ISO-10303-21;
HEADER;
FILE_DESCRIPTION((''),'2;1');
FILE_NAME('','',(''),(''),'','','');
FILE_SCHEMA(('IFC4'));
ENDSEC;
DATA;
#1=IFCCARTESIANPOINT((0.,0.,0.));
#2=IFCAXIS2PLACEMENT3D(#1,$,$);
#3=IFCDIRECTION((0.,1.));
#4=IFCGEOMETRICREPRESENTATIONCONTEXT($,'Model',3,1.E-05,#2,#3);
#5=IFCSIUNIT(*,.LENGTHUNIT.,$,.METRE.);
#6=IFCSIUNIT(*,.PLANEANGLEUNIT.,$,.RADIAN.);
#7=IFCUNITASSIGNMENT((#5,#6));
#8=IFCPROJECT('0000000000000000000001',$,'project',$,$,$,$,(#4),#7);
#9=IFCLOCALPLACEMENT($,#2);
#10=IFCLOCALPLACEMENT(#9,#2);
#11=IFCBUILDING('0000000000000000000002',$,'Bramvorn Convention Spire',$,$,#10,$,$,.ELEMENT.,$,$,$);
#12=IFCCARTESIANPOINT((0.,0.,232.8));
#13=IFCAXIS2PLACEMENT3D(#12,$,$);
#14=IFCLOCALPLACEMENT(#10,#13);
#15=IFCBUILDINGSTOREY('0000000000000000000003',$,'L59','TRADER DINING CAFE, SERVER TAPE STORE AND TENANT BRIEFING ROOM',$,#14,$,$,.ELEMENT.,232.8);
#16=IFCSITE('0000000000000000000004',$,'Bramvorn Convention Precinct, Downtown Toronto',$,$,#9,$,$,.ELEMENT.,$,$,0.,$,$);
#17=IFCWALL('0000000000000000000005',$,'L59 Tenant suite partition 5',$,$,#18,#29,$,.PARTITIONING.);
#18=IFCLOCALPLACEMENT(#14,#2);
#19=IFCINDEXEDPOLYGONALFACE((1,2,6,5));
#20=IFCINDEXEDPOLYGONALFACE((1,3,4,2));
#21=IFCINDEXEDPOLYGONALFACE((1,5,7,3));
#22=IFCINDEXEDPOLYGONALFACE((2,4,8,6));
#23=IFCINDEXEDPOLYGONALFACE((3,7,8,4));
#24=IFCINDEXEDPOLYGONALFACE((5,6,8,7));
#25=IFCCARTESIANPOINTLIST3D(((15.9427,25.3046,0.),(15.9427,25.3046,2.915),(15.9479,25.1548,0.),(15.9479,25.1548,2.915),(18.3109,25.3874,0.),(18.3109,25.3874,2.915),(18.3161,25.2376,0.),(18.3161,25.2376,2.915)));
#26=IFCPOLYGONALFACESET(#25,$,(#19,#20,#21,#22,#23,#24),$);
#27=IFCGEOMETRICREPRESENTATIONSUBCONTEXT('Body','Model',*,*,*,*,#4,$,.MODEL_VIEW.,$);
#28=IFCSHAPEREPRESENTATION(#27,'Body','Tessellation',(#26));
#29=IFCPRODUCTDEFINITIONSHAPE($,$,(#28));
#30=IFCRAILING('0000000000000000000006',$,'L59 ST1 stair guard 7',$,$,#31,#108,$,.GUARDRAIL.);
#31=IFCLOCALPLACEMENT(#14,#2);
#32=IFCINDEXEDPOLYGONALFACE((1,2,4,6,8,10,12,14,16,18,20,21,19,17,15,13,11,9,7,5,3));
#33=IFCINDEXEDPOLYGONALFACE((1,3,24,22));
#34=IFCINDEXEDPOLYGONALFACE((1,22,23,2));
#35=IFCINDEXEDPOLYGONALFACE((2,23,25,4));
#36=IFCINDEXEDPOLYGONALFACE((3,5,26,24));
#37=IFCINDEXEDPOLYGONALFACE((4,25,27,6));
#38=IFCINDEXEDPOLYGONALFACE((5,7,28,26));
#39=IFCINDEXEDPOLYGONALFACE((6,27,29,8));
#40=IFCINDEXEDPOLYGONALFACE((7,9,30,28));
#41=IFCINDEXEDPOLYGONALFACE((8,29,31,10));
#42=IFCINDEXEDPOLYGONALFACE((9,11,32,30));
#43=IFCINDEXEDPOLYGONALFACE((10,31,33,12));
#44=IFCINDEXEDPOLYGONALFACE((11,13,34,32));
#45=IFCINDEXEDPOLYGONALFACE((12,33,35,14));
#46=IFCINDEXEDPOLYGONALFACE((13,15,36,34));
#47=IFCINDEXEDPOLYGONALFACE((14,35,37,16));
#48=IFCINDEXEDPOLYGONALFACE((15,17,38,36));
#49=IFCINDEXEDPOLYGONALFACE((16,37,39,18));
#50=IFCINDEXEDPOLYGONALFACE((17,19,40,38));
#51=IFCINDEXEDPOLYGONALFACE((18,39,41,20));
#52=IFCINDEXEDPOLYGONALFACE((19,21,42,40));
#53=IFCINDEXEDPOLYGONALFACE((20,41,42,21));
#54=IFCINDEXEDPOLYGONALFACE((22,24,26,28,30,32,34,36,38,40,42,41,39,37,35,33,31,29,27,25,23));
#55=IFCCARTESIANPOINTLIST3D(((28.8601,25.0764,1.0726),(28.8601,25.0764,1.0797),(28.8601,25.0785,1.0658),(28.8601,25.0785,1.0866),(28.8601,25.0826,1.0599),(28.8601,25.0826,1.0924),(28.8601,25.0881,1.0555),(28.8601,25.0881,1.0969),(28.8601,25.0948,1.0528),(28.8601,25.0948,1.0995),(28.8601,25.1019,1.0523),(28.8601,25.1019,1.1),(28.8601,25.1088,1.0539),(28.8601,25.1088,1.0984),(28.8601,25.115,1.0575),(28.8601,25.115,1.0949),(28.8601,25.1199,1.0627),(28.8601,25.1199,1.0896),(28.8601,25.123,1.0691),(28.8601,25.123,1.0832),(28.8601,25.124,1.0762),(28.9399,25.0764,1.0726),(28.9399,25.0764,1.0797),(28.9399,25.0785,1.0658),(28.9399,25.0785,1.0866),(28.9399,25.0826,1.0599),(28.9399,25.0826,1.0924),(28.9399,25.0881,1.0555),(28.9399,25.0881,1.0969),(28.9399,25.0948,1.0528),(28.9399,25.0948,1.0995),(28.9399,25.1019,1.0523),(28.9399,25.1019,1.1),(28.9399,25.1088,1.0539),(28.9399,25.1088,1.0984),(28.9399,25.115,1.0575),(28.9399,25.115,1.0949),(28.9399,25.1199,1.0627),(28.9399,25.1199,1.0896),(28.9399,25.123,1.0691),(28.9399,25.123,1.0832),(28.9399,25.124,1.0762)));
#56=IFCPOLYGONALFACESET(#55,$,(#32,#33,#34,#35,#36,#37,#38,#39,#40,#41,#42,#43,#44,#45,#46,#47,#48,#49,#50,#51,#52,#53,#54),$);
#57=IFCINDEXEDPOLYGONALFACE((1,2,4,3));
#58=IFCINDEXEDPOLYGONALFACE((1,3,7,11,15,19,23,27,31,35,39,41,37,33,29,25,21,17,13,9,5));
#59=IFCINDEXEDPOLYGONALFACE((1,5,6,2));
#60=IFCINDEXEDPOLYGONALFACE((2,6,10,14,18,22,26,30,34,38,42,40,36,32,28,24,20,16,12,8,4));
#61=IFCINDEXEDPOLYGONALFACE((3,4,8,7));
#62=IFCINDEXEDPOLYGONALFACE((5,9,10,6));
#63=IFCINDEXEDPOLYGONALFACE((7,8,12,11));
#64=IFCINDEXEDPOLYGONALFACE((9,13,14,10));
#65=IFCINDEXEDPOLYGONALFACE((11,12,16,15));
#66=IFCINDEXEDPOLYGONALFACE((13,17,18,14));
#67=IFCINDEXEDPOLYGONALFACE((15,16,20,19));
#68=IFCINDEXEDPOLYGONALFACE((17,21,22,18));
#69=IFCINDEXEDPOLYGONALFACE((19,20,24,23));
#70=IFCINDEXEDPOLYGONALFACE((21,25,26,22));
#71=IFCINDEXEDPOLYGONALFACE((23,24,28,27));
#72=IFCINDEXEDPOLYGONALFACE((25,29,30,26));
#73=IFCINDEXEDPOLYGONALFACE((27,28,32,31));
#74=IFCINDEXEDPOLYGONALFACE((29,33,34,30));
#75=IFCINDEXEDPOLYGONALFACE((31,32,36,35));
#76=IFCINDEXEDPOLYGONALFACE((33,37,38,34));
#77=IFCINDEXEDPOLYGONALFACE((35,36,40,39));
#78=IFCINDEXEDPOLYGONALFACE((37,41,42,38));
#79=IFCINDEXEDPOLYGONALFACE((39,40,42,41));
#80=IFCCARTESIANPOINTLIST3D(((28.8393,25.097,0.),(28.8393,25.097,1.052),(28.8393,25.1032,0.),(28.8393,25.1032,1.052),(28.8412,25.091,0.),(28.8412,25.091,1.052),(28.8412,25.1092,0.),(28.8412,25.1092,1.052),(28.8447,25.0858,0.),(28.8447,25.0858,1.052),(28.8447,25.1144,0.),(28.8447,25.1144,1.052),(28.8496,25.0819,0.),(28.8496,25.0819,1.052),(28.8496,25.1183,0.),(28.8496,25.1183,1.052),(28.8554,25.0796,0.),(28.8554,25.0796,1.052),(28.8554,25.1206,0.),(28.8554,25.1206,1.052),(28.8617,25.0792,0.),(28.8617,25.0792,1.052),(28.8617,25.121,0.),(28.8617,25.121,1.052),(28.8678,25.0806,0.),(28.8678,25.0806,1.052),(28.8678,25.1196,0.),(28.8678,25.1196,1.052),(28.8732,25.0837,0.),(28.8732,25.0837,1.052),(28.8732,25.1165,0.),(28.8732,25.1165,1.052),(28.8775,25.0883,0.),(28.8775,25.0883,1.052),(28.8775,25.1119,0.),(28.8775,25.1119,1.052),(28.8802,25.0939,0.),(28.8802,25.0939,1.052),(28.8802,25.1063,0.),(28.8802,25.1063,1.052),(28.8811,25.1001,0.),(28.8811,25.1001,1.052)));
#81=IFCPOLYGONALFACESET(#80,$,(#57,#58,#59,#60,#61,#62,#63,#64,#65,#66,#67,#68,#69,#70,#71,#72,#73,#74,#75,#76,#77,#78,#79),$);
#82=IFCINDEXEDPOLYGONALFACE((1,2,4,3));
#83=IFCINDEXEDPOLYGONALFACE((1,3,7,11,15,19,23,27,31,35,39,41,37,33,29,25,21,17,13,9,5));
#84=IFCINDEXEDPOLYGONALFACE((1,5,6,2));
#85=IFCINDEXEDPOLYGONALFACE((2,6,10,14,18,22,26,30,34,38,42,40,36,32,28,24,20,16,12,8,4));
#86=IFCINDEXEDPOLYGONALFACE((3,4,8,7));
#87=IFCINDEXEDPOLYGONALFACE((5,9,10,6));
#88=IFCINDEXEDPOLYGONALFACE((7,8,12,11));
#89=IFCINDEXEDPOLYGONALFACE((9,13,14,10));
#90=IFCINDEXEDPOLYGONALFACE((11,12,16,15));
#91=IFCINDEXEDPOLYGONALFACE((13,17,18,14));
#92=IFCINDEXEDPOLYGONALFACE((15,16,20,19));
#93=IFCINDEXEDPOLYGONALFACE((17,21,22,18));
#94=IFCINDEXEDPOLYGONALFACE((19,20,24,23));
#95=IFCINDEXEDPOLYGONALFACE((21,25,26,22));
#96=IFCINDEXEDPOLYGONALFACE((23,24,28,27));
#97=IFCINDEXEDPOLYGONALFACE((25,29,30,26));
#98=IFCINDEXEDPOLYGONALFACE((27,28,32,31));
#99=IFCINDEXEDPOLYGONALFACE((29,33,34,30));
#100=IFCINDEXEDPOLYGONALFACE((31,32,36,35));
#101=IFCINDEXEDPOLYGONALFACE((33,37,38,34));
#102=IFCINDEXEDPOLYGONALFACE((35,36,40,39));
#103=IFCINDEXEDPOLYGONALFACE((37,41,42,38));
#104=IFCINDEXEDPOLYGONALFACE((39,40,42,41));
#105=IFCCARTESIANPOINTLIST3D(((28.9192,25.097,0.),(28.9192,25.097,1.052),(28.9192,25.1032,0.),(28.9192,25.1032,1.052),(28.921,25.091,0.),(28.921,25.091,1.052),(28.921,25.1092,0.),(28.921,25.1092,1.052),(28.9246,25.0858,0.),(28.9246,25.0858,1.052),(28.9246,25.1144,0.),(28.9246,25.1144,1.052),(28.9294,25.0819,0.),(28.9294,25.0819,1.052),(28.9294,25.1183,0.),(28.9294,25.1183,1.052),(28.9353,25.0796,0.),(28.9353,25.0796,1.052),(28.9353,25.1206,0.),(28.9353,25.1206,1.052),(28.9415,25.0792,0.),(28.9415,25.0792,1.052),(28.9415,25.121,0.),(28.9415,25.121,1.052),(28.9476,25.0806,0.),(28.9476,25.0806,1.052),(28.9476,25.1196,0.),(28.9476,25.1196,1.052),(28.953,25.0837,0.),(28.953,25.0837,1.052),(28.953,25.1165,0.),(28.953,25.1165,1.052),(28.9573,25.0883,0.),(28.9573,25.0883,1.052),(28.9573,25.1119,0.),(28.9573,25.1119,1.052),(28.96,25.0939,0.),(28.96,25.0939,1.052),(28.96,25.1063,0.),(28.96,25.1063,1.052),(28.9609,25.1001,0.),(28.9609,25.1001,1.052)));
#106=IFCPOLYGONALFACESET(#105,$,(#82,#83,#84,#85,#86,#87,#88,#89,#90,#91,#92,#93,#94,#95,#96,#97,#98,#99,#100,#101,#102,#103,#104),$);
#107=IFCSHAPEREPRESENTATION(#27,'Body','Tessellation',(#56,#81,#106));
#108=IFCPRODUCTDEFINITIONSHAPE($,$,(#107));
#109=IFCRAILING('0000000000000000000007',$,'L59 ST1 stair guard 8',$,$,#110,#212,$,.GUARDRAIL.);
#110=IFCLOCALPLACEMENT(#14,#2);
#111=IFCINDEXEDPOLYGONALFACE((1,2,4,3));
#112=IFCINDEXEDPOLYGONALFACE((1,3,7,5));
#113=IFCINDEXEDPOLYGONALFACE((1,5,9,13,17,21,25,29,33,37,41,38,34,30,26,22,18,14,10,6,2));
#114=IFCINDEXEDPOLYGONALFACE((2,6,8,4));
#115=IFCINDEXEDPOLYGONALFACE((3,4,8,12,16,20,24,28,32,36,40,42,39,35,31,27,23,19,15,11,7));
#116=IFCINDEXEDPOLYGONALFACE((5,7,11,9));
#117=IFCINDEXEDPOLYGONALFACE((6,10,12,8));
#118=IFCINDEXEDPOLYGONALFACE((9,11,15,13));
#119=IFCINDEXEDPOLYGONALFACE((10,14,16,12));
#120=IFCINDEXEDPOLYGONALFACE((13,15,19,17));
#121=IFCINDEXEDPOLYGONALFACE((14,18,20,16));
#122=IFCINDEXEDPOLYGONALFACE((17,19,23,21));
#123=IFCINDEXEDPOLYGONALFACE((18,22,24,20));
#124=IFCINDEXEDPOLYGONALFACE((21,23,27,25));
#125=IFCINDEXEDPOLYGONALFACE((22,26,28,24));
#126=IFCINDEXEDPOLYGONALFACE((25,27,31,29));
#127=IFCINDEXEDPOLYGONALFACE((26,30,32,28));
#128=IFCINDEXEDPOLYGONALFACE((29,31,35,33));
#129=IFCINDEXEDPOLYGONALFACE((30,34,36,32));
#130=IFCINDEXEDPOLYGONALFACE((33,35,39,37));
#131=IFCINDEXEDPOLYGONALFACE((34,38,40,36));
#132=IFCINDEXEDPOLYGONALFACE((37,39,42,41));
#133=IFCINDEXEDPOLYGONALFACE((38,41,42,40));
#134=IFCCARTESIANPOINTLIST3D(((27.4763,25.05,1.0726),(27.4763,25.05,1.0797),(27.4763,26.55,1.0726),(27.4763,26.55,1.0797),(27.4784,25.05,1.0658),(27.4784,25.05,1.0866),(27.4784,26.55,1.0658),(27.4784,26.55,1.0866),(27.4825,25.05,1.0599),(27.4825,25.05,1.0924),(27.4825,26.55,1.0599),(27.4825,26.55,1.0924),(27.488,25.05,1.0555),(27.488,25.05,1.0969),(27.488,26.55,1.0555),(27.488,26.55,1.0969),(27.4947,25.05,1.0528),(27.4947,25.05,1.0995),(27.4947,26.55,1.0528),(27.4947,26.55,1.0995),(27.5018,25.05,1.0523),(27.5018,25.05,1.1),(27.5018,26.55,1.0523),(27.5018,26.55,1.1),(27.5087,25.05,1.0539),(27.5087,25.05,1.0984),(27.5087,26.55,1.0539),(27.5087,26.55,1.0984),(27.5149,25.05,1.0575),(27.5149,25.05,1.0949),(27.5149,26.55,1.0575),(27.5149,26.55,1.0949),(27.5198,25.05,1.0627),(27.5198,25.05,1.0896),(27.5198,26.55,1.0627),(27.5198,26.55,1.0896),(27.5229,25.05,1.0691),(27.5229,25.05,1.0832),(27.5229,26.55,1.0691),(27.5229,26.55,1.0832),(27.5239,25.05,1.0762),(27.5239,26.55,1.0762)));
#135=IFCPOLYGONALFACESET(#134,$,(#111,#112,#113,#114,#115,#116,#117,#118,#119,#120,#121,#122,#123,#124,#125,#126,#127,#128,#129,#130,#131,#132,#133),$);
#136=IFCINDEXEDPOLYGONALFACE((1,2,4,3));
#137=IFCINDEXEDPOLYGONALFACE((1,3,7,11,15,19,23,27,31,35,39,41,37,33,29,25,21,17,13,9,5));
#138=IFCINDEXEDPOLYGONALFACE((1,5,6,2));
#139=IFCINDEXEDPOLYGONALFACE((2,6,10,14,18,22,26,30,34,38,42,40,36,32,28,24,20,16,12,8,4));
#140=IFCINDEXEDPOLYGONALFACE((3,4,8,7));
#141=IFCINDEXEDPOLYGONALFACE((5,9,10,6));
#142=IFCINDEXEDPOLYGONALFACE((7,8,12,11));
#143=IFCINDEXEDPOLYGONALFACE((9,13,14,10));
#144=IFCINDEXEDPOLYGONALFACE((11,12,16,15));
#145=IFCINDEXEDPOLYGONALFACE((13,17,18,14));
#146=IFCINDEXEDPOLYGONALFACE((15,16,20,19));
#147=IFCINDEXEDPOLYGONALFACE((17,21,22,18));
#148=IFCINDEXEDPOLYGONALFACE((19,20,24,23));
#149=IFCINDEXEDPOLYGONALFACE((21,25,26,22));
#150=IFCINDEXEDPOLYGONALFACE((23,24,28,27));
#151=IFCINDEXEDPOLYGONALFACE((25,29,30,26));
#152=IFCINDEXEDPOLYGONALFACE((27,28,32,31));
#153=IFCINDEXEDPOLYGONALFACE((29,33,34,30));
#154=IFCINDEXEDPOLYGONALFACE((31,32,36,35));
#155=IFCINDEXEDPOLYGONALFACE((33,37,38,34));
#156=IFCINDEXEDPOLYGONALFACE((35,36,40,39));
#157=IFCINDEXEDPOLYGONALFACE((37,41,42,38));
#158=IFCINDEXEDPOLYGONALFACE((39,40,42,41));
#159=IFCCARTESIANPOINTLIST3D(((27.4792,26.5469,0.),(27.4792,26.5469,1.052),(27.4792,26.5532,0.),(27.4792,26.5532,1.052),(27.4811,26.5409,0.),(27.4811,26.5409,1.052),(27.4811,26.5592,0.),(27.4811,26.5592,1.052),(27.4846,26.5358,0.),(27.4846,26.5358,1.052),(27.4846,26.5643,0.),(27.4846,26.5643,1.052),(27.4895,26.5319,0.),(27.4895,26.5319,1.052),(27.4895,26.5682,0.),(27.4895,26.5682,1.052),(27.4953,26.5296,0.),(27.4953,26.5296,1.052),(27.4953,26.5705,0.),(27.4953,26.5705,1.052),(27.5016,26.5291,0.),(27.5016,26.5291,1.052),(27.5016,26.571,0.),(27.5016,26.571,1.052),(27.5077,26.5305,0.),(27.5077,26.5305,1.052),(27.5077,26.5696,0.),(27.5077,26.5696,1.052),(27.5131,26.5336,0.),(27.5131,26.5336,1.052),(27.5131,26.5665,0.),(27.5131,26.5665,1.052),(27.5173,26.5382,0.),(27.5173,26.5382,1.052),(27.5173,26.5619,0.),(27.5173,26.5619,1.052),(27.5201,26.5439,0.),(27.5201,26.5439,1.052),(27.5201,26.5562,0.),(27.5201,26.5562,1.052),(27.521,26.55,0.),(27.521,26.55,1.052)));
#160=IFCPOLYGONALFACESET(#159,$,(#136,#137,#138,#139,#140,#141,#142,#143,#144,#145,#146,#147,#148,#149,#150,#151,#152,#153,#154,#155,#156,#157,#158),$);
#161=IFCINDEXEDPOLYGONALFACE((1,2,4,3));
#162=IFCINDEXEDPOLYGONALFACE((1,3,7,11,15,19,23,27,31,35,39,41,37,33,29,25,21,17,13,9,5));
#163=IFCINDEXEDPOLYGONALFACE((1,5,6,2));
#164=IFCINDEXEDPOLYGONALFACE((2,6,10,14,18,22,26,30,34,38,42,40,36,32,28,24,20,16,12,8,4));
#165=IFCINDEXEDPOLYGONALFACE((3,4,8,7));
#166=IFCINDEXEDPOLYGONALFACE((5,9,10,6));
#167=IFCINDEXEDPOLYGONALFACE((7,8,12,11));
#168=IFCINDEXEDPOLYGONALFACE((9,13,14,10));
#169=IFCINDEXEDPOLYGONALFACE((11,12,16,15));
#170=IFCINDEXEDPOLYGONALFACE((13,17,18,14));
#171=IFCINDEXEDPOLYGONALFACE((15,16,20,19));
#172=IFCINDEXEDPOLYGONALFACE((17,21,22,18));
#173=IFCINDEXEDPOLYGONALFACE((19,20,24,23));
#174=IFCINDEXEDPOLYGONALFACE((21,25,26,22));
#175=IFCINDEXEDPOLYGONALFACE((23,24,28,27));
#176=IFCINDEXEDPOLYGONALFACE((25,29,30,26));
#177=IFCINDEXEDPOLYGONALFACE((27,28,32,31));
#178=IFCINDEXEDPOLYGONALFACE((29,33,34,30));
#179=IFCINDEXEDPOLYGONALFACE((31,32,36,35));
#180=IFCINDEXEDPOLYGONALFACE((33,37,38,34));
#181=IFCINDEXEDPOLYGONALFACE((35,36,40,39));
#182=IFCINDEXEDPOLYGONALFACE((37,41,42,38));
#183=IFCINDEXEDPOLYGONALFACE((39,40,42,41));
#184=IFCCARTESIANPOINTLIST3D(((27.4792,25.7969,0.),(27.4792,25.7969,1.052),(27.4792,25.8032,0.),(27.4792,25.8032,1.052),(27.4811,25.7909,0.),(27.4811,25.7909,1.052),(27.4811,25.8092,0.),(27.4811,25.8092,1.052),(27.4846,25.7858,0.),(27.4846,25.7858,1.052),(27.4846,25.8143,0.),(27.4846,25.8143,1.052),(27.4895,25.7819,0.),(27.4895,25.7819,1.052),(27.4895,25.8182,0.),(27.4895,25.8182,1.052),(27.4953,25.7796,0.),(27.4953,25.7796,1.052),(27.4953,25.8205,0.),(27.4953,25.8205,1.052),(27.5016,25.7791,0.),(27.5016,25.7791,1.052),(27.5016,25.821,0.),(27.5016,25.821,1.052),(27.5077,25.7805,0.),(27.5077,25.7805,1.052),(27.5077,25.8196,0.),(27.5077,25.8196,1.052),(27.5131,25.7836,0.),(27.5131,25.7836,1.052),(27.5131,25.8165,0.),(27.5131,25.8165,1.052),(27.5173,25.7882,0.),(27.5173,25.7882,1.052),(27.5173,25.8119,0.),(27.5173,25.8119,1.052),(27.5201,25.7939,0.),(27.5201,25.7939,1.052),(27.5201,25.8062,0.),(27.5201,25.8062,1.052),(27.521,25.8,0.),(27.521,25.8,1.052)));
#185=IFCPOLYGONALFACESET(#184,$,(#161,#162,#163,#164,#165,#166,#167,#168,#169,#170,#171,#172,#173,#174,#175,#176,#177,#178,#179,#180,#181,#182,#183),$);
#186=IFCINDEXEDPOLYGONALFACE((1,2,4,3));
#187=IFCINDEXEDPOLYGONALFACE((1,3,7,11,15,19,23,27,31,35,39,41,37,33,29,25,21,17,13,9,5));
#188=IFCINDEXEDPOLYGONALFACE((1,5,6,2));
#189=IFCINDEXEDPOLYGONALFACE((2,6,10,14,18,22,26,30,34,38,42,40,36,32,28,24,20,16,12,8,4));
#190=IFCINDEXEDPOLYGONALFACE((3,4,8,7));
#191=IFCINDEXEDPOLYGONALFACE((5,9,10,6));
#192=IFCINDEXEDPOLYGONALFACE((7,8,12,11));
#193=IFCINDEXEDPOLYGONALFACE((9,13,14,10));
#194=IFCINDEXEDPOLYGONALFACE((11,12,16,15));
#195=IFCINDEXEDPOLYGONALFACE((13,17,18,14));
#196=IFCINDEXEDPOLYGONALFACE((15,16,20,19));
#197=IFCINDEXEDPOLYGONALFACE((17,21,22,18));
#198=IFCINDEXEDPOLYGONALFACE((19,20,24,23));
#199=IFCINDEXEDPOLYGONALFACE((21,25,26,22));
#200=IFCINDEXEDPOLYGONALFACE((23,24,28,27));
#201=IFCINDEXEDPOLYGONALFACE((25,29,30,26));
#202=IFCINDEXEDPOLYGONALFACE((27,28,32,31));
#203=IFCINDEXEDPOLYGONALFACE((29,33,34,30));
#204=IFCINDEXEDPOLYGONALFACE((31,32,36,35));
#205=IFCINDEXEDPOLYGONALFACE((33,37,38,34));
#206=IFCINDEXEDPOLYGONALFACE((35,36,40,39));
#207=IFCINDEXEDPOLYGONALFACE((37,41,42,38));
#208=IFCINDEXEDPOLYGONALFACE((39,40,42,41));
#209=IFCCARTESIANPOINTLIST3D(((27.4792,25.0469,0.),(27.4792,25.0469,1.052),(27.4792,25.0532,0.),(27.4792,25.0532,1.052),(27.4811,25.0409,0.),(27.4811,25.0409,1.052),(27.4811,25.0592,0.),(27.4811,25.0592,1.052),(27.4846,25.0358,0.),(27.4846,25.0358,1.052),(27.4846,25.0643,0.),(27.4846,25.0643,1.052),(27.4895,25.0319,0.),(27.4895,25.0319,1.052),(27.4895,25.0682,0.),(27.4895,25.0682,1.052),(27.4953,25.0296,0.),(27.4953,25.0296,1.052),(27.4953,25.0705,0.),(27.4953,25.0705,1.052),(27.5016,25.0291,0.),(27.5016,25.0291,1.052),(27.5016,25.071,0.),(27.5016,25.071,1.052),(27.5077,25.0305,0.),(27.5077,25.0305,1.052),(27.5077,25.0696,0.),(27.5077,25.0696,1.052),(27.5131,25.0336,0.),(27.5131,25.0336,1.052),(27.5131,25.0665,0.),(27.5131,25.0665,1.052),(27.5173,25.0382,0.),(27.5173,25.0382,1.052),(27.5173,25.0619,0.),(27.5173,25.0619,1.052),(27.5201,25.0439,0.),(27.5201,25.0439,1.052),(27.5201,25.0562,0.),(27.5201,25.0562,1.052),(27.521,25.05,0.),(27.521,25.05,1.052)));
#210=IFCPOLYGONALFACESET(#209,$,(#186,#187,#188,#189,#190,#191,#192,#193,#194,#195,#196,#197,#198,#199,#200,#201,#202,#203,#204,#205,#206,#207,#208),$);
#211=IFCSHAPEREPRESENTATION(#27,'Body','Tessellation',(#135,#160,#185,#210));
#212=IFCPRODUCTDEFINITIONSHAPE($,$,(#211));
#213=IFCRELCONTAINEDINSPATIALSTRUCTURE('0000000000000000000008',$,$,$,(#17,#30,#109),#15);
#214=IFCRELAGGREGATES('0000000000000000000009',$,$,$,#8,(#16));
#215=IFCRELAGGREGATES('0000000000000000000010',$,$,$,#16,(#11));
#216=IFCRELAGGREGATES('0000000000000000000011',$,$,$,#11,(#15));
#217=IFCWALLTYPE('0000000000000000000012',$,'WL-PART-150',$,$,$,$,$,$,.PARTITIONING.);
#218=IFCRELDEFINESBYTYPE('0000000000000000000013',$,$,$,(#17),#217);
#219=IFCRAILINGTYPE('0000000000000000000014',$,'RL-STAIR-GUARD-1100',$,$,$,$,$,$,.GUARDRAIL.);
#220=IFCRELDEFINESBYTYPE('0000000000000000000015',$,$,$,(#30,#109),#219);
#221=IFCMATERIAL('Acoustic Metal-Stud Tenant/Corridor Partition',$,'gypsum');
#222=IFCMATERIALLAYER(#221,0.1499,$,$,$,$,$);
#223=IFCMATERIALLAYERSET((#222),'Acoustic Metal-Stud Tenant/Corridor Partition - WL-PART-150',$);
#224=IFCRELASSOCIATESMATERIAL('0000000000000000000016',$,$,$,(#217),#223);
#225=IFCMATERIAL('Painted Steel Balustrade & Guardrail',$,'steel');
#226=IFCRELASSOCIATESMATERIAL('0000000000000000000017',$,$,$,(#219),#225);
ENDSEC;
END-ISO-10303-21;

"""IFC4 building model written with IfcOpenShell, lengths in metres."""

from ifc_helpers import new_model, si_unit, direction, frame, frame_2d, origin, origin_2d, place, context, subcontext, project, spatial, rectangle, circle, extrude, material, layer, layer_set, type_object, element, save


model = new_model("IFC4")

# Units and contexts
model_context = context("Model", 3, precision=1e-05, world=origin(), true_north=direction((0.0, 1.0)))
body_context = subcontext(model_context, "Body", "Model", "MODEL_VIEW")
ifc_project = project(units=[si_unit("LENGTHUNIT", "METRE"), si_unit("PLANEANGLEUNIT", "RADIAN")], contexts=[model_context])

# Site, building, storey
site_placement = place(None, origin())
site = spatial("IfcSite", under=ifc_project, at=site_placement, Name="Bramvorn Convention Precinct, Downtown Toronto", CompositionType="ELEMENT", RefElevation=0.0)
building_placement = place(site_placement, origin())
building = spatial("IfcBuilding", under=site, at=building_placement, Name="Bramvorn Convention Spire", CompositionType="ELEMENT")
storey_placement = place(building_placement, frame((0.0, 0.0, 232.8)))
storey = spatial("IfcBuildingStorey", under=building, at=storey_placement, Name="L59", Description="TRADER DINING CAFE, SERVER TAPE STORE AND TENANT BRIEFING ROOM", CompositionType="ELEMENT", Elevation=232.8)

# Shared definitions
ifc_material_1 = material(Name="Acoustic Metal-Stud Tenant/Corridor Partition", Category="gypsum")
ifc_layer_1 = layer(ifc_material_1, 0.1499)
ifc_layer_set_1 = layer_set([ifc_layer_1], Name="Acoustic Metal-Stud Tenant/Corridor Partition - WL-PART-150")
wall_type_1 = type_object("IfcWallType", Name="WL-PART-150", PredefinedType="PARTITIONING", material=ifc_layer_set_1)

# Wall
wall_1_placement = place(storey_placement, frame((18.3135, 25.3125, 0.0), z_axis=(0.0, 0.0, 1.0), x_axis=(-0.99939, -0.034927, 0.0)))
element("IfcWall", 1, at=wall_1_placement, inside=storey, type_object=wall_type_1, Name="L59 Tenant suite partition 5", PredefinedType="PARTITIONING", context=body_context, shape_type="SweptSolid", body=[
    extrude(rectangle(XDim=2.3696, YDim=0.1499, at=frame_2d((1.1848, 0.0))), origin(), (0.0, 0.0, 1.0), 2.915),
])

# Railings
ifc_material_2 = material(Name="Painted Steel Balustrade & Guardrail", Category="steel")
railing_type = type_object("IfcRailingType", Name="RL-STAIR-GUARD-1100", PredefinedType="GUARDRAIL", material=ifc_material_2)
railing_1_placement = place(storey_placement, frame((28.8601, 25.1001, 0.0)))
element("IfcRailing", 2, at=railing_1_placement, inside=storey, type_object=railing_type, Name="L59 ST1 stair guard 7", PredefinedType="GUARDRAIL", context=body_context, shape_type="SweptSolid", body=[
    extrude(circle(Radius=0.0239, at=origin_2d()), frame((0.0, 0.0, 1.0762), z_axis=(1.0, 0.0, 0.0), x_axis=(0.0, 1.0, 0.0)), (0.0, 0.0, 1.0), 0.0798),
    extrude(circle(Radius=0.021, at=origin_2d()), origin(), (0.0, 0.0, 1.0), 1.052),
    extrude(circle(Radius=0.021, at=origin_2d()), frame((0.0798, 0.0, 0.0)), (0.0, 0.0, 1.0), 1.052),
])
railing_2_placement = place(storey_placement, frame((27.5, 26.55, 0.0)))
element("IfcRailing", 3, at=railing_2_placement, inside=storey, type_object=railing_type, Name="L59 ST1 stair guard 8", PredefinedType="GUARDRAIL", context=body_context, shape_type="SweptSolid", body=[
    extrude(circle(Radius=0.0239, at=origin_2d()), frame((0.0, 0.0, 1.0762), z_axis=(0.0, -1.0, 0.0), x_axis=(1.0, 0.0, 0.0)), (0.0, 0.0, 1.0), 1.5),
    extrude(circle(Radius=0.021, at=origin_2d()), origin(), (0.0, 0.0, 1.0), 1.052),
    extrude(circle(Radius=0.021, at=origin_2d()), frame((0.0, -0.75, 0.0)), (0.0, 0.0, 1.0), 1.052),
    extrude(circle(Radius=0.021, at=origin_2d()), frame((0.0, -1.5, 0.0)), (0.0, 0.0, 1.0), 1.052),
])

save(model, "model.ifc")
